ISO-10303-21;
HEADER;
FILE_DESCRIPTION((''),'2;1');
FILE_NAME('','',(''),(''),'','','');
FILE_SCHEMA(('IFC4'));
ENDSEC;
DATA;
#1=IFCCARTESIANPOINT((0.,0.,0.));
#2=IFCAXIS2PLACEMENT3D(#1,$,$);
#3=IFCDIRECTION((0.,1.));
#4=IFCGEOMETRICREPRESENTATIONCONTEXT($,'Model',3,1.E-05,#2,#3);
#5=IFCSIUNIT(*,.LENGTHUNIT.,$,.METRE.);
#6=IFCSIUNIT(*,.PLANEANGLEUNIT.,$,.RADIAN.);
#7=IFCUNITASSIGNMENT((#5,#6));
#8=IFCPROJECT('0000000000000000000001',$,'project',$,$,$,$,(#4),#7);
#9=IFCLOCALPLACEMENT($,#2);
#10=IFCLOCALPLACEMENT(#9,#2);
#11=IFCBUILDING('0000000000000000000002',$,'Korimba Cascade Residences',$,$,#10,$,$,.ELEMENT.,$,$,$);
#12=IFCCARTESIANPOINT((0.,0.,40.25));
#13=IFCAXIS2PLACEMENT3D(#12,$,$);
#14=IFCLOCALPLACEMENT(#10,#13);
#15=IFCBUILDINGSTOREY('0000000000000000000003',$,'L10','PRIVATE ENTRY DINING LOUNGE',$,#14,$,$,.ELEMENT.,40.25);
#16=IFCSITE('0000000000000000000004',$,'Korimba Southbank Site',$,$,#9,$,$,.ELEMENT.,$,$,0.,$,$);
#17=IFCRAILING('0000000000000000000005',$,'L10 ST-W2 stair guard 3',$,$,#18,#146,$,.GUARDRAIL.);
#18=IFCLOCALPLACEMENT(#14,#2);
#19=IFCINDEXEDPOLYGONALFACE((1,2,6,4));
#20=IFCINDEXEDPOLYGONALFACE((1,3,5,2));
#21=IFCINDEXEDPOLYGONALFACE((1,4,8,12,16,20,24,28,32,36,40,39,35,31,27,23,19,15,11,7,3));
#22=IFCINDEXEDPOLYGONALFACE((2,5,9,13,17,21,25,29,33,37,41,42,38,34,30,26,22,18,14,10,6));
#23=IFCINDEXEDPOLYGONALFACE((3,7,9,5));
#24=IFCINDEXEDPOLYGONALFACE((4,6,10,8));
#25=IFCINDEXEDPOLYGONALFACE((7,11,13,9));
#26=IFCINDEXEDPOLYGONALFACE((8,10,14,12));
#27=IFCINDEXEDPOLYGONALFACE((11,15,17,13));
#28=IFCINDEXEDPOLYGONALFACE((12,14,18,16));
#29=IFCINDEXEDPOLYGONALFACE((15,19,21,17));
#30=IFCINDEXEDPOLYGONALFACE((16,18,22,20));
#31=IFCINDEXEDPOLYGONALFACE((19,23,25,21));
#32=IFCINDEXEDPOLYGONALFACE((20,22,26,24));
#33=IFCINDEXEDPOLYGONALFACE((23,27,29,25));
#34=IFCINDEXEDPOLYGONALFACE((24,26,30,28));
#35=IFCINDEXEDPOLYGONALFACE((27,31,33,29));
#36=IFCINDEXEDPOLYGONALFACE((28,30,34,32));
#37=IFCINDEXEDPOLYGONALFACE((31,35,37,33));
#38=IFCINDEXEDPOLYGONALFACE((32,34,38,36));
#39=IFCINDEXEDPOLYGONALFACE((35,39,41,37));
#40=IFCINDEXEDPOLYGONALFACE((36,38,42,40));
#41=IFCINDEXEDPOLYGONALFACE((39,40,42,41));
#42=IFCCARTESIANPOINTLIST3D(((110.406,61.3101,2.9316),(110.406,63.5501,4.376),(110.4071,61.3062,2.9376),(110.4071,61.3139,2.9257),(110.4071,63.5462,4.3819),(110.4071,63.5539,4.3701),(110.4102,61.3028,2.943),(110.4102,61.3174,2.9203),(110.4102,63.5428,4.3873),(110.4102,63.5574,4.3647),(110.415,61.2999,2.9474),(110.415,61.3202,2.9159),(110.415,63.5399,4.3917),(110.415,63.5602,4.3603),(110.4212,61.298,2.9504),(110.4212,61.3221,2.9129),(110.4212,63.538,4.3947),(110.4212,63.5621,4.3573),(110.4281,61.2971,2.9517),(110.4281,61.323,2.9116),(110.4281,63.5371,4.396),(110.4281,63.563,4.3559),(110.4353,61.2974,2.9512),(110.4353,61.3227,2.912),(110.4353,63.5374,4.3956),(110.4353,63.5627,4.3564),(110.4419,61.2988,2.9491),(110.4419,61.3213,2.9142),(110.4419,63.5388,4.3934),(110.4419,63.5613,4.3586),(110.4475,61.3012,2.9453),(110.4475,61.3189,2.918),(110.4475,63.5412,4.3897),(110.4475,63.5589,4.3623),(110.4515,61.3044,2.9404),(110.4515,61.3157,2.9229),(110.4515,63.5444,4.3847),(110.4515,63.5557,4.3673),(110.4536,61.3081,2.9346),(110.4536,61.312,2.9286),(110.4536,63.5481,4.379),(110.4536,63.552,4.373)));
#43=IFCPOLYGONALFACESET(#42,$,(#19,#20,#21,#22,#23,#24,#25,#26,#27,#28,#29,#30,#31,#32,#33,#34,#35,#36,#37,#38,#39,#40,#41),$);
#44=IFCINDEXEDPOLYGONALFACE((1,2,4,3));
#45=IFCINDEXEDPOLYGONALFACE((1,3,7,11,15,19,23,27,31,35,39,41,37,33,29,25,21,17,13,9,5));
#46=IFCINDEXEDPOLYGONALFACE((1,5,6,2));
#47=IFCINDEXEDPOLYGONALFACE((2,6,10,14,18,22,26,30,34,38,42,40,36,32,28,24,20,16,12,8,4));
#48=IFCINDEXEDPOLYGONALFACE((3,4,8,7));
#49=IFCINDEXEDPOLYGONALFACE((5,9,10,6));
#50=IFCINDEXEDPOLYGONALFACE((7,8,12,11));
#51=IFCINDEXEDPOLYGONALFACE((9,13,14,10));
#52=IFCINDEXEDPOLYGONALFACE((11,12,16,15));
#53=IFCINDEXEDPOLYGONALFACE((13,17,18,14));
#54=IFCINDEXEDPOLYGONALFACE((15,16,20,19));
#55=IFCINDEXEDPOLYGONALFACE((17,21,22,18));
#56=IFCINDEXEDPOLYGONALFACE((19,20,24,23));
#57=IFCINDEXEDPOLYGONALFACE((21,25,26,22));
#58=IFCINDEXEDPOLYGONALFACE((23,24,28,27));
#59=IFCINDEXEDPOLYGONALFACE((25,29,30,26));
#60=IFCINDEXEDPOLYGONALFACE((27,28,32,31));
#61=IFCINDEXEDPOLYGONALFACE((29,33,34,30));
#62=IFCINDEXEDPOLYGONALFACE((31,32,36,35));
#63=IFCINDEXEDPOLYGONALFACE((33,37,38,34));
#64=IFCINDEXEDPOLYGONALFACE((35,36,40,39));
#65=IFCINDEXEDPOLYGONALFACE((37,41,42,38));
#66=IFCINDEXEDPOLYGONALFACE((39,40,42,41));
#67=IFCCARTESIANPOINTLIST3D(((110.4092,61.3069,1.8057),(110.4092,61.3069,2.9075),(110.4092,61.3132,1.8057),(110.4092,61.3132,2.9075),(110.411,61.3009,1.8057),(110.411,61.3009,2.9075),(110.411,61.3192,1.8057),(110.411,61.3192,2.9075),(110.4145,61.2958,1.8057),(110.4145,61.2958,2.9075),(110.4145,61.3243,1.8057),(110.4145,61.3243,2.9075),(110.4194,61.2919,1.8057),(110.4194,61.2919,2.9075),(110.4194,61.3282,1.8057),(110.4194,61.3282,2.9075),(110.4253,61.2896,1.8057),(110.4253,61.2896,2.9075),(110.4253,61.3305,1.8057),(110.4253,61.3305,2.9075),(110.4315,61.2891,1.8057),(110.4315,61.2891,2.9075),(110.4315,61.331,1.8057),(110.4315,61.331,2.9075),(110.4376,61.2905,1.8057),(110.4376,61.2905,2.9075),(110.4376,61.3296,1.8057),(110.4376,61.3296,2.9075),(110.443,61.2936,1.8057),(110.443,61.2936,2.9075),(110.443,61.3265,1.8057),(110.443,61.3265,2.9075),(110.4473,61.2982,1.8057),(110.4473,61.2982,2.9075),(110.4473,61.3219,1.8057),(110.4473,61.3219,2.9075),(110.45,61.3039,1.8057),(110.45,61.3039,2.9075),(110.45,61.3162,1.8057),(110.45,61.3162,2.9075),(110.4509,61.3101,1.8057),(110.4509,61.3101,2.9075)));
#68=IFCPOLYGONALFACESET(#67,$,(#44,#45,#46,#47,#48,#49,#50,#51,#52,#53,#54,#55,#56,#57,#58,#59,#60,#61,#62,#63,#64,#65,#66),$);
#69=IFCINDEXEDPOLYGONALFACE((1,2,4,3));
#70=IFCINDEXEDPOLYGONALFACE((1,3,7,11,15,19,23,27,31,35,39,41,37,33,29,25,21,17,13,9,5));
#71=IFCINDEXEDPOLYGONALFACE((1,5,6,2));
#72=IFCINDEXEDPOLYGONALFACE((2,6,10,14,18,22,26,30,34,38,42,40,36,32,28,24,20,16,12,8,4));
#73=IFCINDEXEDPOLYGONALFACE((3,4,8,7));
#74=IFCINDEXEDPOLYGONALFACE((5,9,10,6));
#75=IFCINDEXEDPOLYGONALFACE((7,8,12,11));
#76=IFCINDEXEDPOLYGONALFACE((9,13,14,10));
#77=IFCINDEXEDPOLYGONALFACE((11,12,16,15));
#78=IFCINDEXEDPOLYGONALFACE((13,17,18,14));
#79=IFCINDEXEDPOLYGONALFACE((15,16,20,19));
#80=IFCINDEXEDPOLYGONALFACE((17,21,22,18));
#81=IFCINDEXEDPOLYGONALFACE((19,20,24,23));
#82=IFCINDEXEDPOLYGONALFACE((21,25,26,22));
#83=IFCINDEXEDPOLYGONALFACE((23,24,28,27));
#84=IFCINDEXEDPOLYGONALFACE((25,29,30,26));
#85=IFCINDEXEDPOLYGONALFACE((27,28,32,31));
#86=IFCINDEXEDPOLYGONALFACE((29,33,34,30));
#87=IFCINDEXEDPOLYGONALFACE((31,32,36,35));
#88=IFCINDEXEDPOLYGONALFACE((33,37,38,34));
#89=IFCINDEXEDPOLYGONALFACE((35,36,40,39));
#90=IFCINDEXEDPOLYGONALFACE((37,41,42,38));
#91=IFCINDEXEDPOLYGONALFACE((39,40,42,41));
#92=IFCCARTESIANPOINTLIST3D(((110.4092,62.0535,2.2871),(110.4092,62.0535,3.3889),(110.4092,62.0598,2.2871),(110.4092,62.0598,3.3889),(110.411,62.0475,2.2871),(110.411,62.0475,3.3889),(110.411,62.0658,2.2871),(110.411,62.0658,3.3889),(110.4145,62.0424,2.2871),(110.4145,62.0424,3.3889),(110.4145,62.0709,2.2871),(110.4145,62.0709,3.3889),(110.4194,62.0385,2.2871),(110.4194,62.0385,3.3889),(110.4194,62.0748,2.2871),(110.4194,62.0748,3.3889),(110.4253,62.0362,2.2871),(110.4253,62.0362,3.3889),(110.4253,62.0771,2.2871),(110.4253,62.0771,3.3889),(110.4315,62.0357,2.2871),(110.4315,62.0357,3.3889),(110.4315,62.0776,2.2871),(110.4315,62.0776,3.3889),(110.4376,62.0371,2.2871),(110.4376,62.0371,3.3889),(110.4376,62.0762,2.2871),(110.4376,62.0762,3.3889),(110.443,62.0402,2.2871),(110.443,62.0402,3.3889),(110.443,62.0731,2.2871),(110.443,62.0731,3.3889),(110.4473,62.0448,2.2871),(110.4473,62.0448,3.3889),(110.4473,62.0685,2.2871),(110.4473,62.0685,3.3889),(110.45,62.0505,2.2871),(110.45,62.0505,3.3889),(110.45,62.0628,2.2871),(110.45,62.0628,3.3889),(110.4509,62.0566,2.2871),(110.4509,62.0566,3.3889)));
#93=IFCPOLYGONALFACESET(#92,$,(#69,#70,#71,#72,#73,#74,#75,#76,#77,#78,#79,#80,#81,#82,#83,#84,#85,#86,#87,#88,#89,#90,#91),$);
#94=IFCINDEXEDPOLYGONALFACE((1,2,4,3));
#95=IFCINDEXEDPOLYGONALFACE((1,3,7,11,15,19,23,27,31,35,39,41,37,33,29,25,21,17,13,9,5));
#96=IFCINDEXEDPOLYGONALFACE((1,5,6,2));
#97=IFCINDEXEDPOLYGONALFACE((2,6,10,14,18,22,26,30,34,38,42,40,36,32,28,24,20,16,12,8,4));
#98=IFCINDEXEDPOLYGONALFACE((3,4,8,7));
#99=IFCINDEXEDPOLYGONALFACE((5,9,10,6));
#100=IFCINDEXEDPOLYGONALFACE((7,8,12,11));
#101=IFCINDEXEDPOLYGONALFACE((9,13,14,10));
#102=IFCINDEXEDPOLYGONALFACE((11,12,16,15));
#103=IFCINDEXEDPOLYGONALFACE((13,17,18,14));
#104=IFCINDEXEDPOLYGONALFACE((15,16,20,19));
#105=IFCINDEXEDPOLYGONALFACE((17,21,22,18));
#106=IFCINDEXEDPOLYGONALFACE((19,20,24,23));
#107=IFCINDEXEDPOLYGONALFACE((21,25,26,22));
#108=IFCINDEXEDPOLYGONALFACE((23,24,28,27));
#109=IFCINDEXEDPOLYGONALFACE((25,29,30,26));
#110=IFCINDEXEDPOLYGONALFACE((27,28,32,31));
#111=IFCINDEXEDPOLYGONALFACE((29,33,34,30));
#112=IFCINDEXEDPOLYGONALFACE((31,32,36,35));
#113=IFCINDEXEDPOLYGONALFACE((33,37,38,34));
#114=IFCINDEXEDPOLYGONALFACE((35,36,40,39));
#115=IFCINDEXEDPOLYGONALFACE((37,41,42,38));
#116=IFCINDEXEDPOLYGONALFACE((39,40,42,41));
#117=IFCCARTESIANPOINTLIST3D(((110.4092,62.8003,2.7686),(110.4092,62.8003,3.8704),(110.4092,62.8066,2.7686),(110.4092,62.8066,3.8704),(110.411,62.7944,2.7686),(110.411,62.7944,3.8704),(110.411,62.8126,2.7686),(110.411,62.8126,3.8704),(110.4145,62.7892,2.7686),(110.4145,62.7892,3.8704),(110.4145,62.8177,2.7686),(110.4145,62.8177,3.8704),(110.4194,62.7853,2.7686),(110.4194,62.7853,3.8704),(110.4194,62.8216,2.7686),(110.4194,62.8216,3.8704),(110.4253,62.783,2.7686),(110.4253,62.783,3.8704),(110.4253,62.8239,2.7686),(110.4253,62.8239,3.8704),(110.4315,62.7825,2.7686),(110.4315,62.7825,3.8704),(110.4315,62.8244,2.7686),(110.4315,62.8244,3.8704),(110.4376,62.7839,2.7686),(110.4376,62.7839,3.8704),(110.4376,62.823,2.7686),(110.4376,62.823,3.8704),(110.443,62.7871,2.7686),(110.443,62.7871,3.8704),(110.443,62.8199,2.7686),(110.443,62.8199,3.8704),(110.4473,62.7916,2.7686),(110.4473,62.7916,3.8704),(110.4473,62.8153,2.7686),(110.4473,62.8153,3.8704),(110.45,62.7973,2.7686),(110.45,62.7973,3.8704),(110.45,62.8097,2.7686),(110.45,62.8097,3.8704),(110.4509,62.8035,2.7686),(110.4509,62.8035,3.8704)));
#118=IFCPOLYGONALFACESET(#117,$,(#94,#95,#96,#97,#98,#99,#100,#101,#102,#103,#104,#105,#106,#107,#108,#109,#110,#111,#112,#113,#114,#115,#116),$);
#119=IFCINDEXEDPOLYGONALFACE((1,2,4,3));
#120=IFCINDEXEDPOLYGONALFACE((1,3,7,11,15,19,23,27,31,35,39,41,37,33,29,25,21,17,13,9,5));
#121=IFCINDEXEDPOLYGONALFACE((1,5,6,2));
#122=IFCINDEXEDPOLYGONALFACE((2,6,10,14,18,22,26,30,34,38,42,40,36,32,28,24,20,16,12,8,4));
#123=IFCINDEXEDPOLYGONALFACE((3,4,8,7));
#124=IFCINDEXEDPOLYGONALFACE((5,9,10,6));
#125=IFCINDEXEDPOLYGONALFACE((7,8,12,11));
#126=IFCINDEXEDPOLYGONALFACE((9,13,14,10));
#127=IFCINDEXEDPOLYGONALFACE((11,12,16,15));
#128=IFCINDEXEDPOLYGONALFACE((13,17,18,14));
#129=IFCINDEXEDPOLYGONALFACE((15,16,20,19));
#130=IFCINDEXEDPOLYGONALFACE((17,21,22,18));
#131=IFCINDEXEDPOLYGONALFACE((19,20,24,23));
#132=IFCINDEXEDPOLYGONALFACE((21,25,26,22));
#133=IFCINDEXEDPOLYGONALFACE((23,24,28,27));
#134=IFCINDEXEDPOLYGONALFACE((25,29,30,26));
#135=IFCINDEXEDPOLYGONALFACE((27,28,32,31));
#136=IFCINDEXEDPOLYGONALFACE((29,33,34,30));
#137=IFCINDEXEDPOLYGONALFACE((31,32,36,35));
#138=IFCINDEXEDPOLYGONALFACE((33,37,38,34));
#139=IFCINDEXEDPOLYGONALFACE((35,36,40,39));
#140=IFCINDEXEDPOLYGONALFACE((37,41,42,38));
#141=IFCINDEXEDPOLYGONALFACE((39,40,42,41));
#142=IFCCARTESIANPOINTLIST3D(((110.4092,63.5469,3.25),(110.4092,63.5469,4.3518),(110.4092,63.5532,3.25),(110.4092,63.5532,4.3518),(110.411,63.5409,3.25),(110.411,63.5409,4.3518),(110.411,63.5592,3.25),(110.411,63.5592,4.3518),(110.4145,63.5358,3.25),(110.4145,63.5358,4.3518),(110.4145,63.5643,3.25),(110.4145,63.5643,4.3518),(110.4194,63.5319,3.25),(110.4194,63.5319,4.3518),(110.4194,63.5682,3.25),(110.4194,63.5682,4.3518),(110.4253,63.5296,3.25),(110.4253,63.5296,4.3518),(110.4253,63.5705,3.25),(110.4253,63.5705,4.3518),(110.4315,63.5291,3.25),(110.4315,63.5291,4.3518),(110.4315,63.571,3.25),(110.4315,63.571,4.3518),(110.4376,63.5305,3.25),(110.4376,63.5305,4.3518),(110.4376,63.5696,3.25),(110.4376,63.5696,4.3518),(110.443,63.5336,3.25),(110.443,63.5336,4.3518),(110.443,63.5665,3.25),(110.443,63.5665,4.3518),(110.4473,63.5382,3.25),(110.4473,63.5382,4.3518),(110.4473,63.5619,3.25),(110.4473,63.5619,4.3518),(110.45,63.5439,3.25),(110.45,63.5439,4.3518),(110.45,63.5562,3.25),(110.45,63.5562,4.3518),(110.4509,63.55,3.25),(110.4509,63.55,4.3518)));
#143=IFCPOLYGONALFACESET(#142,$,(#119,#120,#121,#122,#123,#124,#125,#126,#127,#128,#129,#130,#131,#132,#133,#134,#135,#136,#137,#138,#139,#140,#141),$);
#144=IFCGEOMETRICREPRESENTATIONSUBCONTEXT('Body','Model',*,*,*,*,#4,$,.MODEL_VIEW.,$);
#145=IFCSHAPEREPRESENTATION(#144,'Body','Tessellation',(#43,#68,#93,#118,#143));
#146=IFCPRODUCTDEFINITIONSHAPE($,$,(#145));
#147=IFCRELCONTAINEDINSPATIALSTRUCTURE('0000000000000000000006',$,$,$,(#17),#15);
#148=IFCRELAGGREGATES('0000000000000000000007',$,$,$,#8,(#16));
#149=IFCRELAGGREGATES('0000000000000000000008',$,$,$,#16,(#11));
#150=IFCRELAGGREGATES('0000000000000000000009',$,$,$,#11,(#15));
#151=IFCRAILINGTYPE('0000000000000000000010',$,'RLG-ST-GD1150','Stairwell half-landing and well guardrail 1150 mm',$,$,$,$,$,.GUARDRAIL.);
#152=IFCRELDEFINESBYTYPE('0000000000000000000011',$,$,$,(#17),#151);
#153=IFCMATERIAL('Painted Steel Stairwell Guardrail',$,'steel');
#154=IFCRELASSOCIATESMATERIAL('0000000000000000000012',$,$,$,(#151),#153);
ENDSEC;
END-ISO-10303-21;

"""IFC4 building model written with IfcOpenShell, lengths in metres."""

from ifc_helpers import new_model, si_unit, direction, frame, origin, origin_2d, place, context, subcontext, project, spatial, circle, extrude, material, type_object, element, save


model = new_model("IFC4")

# Units and contexts
model_context = context("Model", 3, precision=1e-05, world=origin(), true_north=direction((0.0, 1.0)))
body_context = subcontext(model_context, "Body", "Model", "MODEL_VIEW")
ifc_project = project(units=[si_unit("LENGTHUNIT", "METRE"), si_unit("PLANEANGLEUNIT", "RADIAN")], contexts=[model_context])

# Site, building, storey
site_placement = place(None, origin())
site = spatial("IfcSite", under=ifc_project, at=site_placement, Name="Korimba Southbank Site", CompositionType="ELEMENT", RefElevation=0.0)
building_placement = place(site_placement, origin())
building = spatial("IfcBuilding", under=site, at=building_placement, Name="Korimba Cascade Residences", CompositionType="ELEMENT")
storey_placement = place(building_placement, frame((0.0, 0.0, 40.25)))
storey = spatial("IfcBuildingStorey", under=building, at=storey_placement, Name="L10", Description="PRIVATE ENTRY DINING LOUNGE", CompositionType="ELEMENT", Elevation=40.25)

# Railing
ifc_material_1 = material(Name="Painted Steel Stairwell Guardrail", Category="steel")
railing_type_1 = type_object("IfcRailingType", Name="RLG-ST-GD1150", Description="Stairwell half-landing and well guardrail 1150 mm", PredefinedType="GUARDRAIL", material=ifc_material_1)
railing_1_placement = place(storey_placement, frame((110.4299, 61.3101, 1.8057)))
element("IfcRailing", 1, at=railing_1_placement, inside=storey, type_object=railing_type_1, Name="L10 ST-W2 stair guard 3", PredefinedType="GUARDRAIL", context=body_context, shape_type="SweptSolid", body=[
    extrude(circle(Radius=0.0239, at=origin_2d()), frame((0.0, 0.0, 1.126), z_axis=(0.0, 0.840437, 0.54191), x_axis=(-1.0, 0.0, 0.0)), (0.0, 0.0, 1.0), 2.6653),
    extrude(circle(Radius=0.021, at=origin_2d()), origin(), (0.0, 0.0, 1.0), 1.1018),
    extrude(circle(Radius=0.021, at=origin_2d()), frame((0.0, 0.7466, 0.4814)), (0.0, 0.0, 1.0), 1.1018),
    extrude(circle(Radius=0.021, at=origin_2d()), frame((0.0, 1.4934, 0.9629)), (0.0, 0.0, 1.0), 1.1018),
    extrude(circle(Radius=0.021, at=origin_2d()), frame((0.0, 2.24, 1.4443)), (0.0, 0.0, 1.0), 1.1018),
])

save(model, "model.ifc")
